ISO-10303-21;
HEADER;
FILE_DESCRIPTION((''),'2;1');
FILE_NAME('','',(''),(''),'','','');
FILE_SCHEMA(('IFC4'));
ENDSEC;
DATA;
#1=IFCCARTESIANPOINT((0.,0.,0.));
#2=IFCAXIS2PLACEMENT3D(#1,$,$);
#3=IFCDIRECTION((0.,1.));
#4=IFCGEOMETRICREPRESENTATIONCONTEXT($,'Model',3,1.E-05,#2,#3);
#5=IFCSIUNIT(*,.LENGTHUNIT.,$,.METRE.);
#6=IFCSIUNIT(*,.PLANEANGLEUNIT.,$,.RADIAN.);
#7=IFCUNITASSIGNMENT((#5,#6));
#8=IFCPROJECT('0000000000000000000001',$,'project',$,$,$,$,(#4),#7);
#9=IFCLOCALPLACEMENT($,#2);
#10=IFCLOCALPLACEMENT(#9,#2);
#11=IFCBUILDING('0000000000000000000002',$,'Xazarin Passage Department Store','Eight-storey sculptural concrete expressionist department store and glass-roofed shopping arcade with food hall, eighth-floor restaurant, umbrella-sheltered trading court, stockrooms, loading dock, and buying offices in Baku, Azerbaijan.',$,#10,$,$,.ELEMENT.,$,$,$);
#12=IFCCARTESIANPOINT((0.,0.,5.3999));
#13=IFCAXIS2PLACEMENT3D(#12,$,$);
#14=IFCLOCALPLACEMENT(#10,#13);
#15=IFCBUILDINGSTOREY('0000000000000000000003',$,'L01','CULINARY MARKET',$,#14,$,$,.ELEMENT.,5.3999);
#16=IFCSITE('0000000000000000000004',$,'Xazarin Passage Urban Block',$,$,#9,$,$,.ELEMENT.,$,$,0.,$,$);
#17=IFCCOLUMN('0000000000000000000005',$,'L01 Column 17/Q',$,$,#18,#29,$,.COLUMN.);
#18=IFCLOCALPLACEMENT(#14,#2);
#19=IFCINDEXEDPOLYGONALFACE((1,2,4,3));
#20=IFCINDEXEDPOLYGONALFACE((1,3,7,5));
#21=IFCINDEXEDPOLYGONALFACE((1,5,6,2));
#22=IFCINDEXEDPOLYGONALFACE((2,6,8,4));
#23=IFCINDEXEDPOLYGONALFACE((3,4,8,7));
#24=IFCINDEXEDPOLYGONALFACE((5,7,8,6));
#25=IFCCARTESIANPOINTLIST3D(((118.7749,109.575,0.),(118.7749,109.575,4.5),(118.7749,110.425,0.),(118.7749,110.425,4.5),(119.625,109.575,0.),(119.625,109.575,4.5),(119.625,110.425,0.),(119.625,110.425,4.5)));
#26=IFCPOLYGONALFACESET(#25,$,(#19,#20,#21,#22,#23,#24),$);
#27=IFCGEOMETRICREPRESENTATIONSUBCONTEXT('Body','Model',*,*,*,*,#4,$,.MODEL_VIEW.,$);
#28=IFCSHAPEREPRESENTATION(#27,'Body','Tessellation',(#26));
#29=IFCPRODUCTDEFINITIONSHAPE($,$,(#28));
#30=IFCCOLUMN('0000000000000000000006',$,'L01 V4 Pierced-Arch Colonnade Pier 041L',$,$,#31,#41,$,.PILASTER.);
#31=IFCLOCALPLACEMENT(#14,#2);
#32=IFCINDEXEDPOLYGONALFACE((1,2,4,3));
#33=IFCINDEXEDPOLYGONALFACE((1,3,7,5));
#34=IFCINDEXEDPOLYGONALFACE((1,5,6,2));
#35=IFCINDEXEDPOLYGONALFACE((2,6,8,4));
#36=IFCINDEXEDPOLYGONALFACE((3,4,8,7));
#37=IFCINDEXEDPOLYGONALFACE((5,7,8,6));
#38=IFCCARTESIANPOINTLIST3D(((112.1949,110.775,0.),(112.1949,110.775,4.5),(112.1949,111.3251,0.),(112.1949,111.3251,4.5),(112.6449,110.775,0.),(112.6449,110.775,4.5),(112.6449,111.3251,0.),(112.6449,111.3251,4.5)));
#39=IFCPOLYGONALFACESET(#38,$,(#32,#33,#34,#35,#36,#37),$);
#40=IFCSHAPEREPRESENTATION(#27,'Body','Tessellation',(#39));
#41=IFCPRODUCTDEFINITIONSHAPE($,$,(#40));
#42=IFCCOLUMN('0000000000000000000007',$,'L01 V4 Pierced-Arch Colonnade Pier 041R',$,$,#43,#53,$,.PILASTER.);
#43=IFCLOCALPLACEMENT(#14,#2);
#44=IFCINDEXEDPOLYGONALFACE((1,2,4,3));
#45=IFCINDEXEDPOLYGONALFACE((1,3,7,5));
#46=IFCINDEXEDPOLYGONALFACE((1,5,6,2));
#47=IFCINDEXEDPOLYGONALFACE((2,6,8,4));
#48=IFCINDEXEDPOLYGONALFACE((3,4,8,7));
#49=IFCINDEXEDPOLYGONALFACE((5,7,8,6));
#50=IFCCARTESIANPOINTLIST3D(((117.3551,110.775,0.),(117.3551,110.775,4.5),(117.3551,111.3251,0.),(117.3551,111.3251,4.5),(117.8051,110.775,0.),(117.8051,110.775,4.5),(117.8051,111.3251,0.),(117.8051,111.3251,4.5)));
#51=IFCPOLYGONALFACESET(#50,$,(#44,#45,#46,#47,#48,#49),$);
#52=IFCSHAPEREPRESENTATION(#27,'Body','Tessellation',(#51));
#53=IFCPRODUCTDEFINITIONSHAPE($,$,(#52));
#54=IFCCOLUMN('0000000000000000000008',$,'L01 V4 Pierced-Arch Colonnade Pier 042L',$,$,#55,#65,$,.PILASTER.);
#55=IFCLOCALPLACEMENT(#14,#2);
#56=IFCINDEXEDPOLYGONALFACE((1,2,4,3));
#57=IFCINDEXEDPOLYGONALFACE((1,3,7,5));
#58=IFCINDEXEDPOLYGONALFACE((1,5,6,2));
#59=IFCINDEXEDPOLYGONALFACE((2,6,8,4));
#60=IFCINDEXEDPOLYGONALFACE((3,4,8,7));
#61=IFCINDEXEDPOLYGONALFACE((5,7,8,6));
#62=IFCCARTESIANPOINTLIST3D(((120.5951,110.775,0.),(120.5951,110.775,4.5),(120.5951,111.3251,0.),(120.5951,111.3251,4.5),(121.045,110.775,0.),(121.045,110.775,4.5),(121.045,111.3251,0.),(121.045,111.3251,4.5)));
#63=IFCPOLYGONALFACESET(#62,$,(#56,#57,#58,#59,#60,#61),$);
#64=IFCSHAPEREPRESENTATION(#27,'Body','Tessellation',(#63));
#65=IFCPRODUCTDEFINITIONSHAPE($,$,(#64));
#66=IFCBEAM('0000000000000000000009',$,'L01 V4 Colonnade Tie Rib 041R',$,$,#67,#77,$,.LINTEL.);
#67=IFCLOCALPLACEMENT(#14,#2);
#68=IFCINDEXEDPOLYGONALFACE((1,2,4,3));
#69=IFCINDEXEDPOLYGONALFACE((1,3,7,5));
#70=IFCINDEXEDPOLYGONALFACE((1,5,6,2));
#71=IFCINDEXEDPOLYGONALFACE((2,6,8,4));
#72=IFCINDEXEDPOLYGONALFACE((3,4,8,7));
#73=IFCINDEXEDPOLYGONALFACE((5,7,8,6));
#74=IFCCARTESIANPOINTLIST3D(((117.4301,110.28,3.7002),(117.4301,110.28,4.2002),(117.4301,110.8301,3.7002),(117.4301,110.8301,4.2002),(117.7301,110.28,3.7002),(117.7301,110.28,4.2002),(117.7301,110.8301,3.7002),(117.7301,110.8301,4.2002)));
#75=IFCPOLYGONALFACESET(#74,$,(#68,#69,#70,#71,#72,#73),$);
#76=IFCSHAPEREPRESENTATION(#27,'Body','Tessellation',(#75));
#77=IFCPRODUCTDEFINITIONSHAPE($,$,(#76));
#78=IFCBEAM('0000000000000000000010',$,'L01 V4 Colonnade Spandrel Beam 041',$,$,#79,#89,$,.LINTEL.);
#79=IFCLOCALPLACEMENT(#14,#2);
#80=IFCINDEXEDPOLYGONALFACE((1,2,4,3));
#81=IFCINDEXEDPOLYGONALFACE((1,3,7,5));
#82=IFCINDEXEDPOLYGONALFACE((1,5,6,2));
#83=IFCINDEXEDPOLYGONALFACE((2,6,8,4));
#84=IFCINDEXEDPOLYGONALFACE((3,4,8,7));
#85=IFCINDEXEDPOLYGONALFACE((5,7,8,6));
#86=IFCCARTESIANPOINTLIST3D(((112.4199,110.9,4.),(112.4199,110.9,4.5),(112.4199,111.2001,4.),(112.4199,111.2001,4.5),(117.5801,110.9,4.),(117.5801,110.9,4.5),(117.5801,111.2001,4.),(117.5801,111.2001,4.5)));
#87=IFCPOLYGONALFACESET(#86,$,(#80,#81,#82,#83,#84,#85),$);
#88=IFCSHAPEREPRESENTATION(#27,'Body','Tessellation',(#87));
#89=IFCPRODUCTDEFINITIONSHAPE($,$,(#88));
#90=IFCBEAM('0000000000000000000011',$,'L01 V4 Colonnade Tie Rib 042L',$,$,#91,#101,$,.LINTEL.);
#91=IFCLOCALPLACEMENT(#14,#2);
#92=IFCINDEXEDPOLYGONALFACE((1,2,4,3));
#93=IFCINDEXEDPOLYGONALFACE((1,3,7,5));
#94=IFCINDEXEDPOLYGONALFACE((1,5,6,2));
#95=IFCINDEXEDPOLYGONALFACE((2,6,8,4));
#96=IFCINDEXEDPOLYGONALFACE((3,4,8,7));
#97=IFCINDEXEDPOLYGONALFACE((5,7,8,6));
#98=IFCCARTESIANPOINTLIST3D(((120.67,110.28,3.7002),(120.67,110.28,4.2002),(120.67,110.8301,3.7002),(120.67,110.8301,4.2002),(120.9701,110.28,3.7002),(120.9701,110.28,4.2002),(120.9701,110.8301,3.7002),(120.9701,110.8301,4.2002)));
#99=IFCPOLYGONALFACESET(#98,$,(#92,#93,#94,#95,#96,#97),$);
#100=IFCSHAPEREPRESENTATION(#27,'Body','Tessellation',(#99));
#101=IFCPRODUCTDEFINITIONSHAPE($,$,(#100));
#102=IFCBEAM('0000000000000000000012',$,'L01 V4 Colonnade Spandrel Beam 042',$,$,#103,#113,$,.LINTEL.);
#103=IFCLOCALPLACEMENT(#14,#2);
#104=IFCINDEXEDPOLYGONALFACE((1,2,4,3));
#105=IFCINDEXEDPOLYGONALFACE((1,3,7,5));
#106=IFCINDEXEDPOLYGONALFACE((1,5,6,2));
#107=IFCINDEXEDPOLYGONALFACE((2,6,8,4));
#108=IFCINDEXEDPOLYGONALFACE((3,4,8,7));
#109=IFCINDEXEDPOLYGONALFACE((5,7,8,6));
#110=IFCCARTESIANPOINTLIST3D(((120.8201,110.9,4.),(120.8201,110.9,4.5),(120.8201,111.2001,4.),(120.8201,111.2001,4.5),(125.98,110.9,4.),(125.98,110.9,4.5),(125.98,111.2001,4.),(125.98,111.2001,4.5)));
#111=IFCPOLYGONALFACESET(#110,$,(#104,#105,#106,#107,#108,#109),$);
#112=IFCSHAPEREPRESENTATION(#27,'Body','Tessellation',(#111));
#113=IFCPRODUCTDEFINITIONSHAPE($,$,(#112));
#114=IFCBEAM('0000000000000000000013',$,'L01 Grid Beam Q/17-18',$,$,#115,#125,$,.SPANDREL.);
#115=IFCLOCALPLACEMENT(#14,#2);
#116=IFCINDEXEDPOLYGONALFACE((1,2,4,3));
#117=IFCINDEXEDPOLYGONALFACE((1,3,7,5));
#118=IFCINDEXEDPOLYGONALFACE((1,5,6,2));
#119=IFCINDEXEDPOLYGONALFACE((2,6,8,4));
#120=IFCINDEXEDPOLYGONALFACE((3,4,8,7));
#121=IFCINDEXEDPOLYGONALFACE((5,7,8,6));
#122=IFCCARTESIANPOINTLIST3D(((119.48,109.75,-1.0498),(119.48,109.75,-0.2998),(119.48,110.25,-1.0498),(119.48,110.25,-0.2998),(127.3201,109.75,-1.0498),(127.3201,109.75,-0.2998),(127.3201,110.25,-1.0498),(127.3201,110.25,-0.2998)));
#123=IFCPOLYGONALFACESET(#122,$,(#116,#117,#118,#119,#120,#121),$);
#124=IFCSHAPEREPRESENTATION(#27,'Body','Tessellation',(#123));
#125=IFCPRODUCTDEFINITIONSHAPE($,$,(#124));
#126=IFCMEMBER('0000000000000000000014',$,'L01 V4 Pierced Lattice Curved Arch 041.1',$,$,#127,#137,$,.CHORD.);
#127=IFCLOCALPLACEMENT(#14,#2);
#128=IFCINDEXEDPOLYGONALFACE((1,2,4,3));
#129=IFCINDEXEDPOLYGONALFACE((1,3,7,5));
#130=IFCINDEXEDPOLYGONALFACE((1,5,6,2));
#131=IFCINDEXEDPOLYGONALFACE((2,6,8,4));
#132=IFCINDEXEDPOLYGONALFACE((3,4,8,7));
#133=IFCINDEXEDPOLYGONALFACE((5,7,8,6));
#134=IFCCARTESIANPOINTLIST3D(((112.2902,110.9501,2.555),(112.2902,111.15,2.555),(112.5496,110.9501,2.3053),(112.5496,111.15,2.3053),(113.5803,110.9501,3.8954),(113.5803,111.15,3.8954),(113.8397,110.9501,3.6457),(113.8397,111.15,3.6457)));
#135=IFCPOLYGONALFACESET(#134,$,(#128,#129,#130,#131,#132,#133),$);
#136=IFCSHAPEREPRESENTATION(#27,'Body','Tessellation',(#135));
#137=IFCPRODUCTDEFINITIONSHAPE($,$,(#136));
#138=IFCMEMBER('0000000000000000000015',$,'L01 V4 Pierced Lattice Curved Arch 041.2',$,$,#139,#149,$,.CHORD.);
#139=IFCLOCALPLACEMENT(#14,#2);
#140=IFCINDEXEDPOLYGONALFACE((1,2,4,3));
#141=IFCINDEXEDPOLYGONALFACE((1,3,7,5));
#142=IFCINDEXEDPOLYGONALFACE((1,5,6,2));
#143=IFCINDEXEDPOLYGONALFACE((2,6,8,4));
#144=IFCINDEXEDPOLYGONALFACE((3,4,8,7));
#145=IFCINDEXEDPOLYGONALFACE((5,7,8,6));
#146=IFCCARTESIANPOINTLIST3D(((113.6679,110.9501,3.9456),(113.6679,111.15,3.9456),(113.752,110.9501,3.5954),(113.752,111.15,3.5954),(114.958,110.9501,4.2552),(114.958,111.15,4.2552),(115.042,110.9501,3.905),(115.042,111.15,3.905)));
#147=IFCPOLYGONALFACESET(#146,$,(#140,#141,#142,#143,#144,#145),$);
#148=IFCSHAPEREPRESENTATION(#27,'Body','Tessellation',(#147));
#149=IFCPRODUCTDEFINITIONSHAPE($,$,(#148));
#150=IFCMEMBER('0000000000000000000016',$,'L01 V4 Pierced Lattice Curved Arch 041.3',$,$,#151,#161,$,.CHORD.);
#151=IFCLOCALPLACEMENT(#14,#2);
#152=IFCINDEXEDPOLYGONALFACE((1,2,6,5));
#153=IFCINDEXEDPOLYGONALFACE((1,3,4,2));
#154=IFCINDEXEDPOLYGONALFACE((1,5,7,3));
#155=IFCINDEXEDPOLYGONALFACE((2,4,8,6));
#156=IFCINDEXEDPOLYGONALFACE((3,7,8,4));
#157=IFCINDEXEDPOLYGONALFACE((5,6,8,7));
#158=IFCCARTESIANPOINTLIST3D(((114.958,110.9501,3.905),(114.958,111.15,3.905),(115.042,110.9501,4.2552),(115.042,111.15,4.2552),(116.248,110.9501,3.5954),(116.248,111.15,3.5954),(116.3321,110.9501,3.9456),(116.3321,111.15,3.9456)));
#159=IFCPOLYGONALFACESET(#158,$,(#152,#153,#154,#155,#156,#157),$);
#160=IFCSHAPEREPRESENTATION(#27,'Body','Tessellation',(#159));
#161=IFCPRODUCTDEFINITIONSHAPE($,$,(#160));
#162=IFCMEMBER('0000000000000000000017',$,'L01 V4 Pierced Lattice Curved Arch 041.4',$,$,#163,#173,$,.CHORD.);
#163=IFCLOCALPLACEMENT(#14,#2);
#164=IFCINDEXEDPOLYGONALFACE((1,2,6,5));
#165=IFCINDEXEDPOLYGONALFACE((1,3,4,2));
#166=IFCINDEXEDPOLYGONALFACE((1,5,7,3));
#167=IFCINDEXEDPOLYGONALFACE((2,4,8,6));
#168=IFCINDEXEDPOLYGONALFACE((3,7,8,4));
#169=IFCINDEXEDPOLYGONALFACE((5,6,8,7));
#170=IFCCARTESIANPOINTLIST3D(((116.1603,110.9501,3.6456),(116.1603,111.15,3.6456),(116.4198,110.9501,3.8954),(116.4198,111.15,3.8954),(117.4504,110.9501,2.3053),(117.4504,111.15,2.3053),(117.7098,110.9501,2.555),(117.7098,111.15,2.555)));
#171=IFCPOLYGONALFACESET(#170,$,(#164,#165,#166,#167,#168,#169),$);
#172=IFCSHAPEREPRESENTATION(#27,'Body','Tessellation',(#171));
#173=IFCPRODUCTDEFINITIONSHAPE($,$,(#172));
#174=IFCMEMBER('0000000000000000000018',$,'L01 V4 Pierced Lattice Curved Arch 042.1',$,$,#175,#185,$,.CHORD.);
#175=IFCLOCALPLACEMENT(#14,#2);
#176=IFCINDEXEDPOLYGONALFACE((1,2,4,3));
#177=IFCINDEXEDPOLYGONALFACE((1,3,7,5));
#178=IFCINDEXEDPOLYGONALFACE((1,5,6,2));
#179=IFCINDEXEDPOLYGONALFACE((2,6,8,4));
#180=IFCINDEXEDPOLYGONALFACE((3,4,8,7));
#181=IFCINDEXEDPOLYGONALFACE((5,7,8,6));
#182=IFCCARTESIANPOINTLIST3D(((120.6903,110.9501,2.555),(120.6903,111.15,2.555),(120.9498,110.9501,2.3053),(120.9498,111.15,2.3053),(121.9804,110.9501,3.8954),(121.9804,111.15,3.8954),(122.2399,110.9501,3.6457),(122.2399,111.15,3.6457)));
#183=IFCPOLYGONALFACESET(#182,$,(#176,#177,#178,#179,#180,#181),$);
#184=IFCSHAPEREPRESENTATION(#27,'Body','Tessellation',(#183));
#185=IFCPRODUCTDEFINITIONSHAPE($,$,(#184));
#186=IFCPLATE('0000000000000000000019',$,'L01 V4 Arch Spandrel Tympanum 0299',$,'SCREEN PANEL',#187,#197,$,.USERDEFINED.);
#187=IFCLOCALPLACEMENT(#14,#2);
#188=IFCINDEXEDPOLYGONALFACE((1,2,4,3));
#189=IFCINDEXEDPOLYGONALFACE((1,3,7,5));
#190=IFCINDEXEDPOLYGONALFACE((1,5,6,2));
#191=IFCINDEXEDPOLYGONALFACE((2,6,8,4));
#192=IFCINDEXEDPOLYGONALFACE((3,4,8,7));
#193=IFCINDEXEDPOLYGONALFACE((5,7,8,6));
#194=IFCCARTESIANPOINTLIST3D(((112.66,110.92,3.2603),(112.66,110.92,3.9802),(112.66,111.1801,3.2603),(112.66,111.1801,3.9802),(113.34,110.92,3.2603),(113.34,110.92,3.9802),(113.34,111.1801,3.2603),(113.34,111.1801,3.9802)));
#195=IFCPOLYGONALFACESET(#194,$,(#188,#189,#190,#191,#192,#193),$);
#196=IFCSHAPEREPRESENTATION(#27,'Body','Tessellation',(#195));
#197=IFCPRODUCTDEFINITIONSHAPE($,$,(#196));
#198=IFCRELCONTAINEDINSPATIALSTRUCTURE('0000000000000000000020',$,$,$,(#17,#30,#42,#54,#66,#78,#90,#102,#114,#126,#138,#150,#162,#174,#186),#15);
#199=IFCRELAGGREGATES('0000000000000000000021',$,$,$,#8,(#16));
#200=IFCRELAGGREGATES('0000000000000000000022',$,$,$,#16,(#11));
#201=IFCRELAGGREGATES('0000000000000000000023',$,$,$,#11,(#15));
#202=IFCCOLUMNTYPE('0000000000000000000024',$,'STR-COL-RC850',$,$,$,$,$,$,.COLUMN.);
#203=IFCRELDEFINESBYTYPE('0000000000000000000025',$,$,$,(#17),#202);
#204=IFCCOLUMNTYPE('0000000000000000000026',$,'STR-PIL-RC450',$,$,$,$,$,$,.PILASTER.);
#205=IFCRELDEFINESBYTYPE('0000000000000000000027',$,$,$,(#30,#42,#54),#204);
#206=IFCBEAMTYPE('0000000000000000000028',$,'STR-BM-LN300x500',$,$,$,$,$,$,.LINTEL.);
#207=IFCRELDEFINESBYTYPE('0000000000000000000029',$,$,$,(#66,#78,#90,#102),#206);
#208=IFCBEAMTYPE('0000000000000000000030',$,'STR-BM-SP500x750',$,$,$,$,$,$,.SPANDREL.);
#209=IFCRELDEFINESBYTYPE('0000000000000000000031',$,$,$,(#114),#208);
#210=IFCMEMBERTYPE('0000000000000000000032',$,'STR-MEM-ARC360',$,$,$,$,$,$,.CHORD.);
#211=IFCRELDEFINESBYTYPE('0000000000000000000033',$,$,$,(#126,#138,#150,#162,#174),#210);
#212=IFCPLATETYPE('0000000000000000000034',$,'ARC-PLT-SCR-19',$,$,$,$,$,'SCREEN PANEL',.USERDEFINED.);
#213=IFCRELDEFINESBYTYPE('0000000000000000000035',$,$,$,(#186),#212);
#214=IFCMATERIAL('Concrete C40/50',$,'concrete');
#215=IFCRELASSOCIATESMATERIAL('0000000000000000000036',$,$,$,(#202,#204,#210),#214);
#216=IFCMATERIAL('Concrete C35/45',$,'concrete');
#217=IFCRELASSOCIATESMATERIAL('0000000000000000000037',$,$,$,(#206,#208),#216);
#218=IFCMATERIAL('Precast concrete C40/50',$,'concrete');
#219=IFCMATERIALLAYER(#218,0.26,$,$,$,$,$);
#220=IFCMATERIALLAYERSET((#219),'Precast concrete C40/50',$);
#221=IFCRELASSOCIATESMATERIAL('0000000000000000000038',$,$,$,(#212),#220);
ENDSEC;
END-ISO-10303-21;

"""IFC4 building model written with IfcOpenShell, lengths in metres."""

from ifc_helpers import new_model, si_unit, direction, frame, origin, origin_2d, place, context, subcontext, project, spatial, rectangle, extrude, material, layer, layer_set, material_profile, profile_set, type_object, element, save


model = new_model("IFC4")

# Units and contexts
model_context = context("Model", 3, precision=1e-05, world=origin(), true_north=direction((0.0, 1.0)))
body_context = subcontext(model_context, "Body", "Model", "MODEL_VIEW")
ifc_project = project(units=[si_unit("LENGTHUNIT", "METRE"), si_unit("PLANEANGLEUNIT", "RADIAN")], contexts=[model_context])

# Site, building, storey
site_placement = place(None, origin())
site = spatial("IfcSite", under=ifc_project, at=site_placement, Name="Xazarin Passage Urban Block", CompositionType="ELEMENT", RefElevation=0.0)
building_placement = place(site_placement, origin())
building = spatial("IfcBuilding", under=site, at=building_placement, Name="Xazarin Passage Department Store", Description="Eight-storey sculptural concrete expressionist department store and glass-roofed shopping arcade with food hall, eighth-floor restaurant, umbrella-sheltered trading court, stockrooms, loading dock, and buying offices in Baku, Azerbaijan.", CompositionType="ELEMENT")
storey_placement = place(building_placement, frame((0.0, 0.0, 5.3999)))
storey = spatial("IfcBuildingStorey", under=building, at=storey_placement, Name="L01", Description="CULINARY MARKET", CompositionType="ELEMENT", Elevation=5.3999)

# Columns
ifc_material_1 = material(Name="Concrete C40/50", Category="concrete")
ifc_material_profile_1 = material_profile(ifc_material_1, rectangle(XDim=0.8501, YDim=0.8501, at=origin_2d()), Name="RC 850x850")
ifc_profile_set_1 = profile_set([ifc_material_profile_1], Name="Concrete C40/50")
column_type_1 = type_object("IfcColumnType", Name="STR-COL-RC850", PredefinedType="COLUMN", material=ifc_profile_set_1)
column_placement = place(storey_placement, frame((119.2, 110.0, 0.0), z_axis=(0.0, 0.0, 1.0), x_axis=(1.0, 0.0, 0.0)))
element("IfcColumn", 1, at=column_placement, inside=storey, type_object=column_type_1, Name="L01 Column 17/Q", PredefinedType="COLUMN", context=body_context, shape_type="SweptSolid", body=[
    extrude(rectangle(XDim=0.8501, YDim=0.8501, at=origin_2d()), origin(), (0.0, 0.0, 1.0), 4.5),
])
ifc_material_profile_2 = material_profile(ifc_material_1, rectangle(XDim=0.45, YDim=0.55, at=origin_2d()), Name="RC 450x550")
ifc_profile_set_2 = profile_set([ifc_material_profile_2], Name="Concrete C40/50")
column_type_2 = type_object("IfcColumnType", Name="STR-PIL-RC450", PredefinedType="PILASTER", material=ifc_profile_set_2)
for number, where, z_axis, x_axis, name in (
    (2, (112.4199, 111.05, 0.0), (0.0, 0.0, 1.0), (1.0, 0.0, 0.0), "L01 V4 Pierced-Arch Colonnade Pier 041L"),
    (3, (117.5801, 111.05, 0.0), (0.0, 0.0, 1.0), (1.0, 0.0, 0.0), "L01 V4 Pierced-Arch Colonnade Pier 041R"),
    (4, (120.8201, 111.05, 0.0), (0.0, 0.0, 1.0), (1.0, 0.0, 0.0), "L01 V4 Pierced-Arch Colonnade Pier 042L"),
):
    element("IfcColumn", number, at=place(storey_placement, frame(where, z_axis=z_axis, x_axis=x_axis)), inside=storey, type_object=column_type_2, Name=name, PredefinedType="PILASTER", context=body_context, shape_type="SweptSolid", body=[
        extrude(rectangle(XDim=0.45, YDim=0.55, at=origin_2d()), origin(), (0.0, 0.0, 1.0), 4.5),
    ])

# Beams
ifc_material_2 = material(Name="Concrete C35/45", Category="concrete")
ifc_material_profile_3 = material_profile(ifc_material_2, rectangle(XDim=0.3, YDim=0.5, at=origin_2d()), Name="RC 300x500")
ifc_profile_set_3 = profile_set([ifc_material_profile_3], Name="Concrete C35/45")
beam_type_1 = type_object("IfcBeamType", Name="STR-BM-LN300x500", PredefinedType="LINTEL", material=ifc_profile_set_3)
beam_1_placement = place(storey_placement, frame((117.5801, 110.28, 3.9502), z_axis=(0.0, 1.0, 0.0), x_axis=(-1.0, 0.0, 0.0)))
element("IfcBeam", 5, at=beam_1_placement, inside=storey, type_object=beam_type_1, Name="L01 V4 Colonnade Tie Rib 041R", PredefinedType="LINTEL", context=body_context, shape_type="SweptSolid", body=[
    extrude(rectangle(XDim=0.3, YDim=0.5, at=origin_2d()), origin(), (0.0, 0.0, 1.0), 0.55),
])
beam_2_placement = place(storey_placement, frame((112.4199, 111.05, 4.25), z_axis=(1.0, 0.0, 0.0), x_axis=(0.0, 1.0, 0.0)))
element("IfcBeam", 6, at=beam_2_placement, inside=storey, type_object=beam_type_1, Name="L01 V4 Colonnade Spandrel Beam 041", PredefinedType="LINTEL", context=body_context, shape_type="SweptSolid", body=[
    extrude(rectangle(XDim=0.3, YDim=0.5, at=origin_2d()), origin(), (0.0, 0.0, 1.0), 5.1602),
])
beam_3_placement = place(storey_placement, frame((120.8201, 110.28, 3.9502), z_axis=(0.0, 1.0, 0.0), x_axis=(-1.0, 0.0, 0.0)))
element("IfcBeam", 7, at=beam_3_placement, inside=storey, type_object=beam_type_1, Name="L01 V4 Colonnade Tie Rib 042L", PredefinedType="LINTEL", context=body_context, shape_type="SweptSolid", body=[
    extrude(rectangle(XDim=0.3, YDim=0.5, at=origin_2d()), origin(), (0.0, 0.0, 1.0), 0.55),
])
beam_4_placement = place(storey_placement, frame((120.8201, 111.05, 4.25), z_axis=(1.0, 0.0, 0.0), x_axis=(0.0, 1.0, 0.0)))
element("IfcBeam", 8, at=beam_4_placement, inside=storey, type_object=beam_type_1, Name="L01 V4 Colonnade Spandrel Beam 042", PredefinedType="LINTEL", context=body_context, shape_type="SweptSolid", body=[
    extrude(rectangle(XDim=0.3, YDim=0.5, at=origin_2d()), origin(), (0.0, 0.0, 1.0), 5.1599),
])
ifc_material_profile_4 = material_profile(ifc_material_2, rectangle(XDim=0.5, YDim=0.75, at=origin_2d()), Name="RC 500x750")
ifc_profile_set_4 = profile_set([ifc_material_profile_4], Name="Concrete C35/45")
beam_type_2 = type_object("IfcBeamType", Name="STR-BM-SP500x750", PredefinedType="SPANDREL", material=ifc_profile_set_4)
beam_5_placement = place(storey_placement, frame((119.48, 110.0, -0.6748), z_axis=(1.0, 0.0, 0.0), x_axis=(0.0, 1.0, 0.0)))
element("IfcBeam", 9, at=beam_5_placement, inside=storey, type_object=beam_type_2, Name="L01 Grid Beam Q/17-18", PredefinedType="SPANDREL", context=body_context, shape_type="SweptSolid", body=[
    extrude(rectangle(XDim=0.5, YDim=0.75, at=origin_2d()), origin(), (0.0, 0.0, 1.0), 7.8401),
])

# Members
ifc_material_profile_5 = material_profile(ifc_material_1, rectangle(XDim=0.2, YDim=0.3601, at=origin_2d()), Name="RC 200x360")
ifc_profile_set_5 = profile_set([ifc_material_profile_5], Name="Concrete C40/50")
member_type = type_object("IfcMemberType", Name="STR-MEM-ARC360", PredefinedType="CHORD", material=ifc_profile_set_5)
member_placement = place(storey_placement, frame((112.4199, 111.05, 2.4302), z_axis=(0.69346, 0.0, 0.720495), x_axis=(0.0, 1.0, 0.0)))
element("IfcMember", 10, at=member_placement, inside=storey, type_object=member_type, Name="L01 V4 Pierced Lattice Curved Arch 041.1", PredefinedType="CHORD", context=body_context, shape_type="SweptSolid", body=[
    extrude(rectangle(XDim=0.2, YDim=0.3601, at=origin_2d()), origin(), (0.0, 0.0, 1.0), 1.8604),
])
for number, where, z_axis, x_axis, name in (
    (11, (113.71, 111.05, 3.7705), (0.972394, 0.0, 0.233345), (0.0, 1.0, 0.0), "L01 V4 Pierced Lattice Curved Arch 041.2"),
    (12, (115.0, 111.05, 4.0801), (0.972394, 0.0, -0.233345), (0.0, 1.0, 0.0), "L01 V4 Pierced Lattice Curved Arch 041.3"),
):
    element("IfcMember", number, at=place(storey_placement, frame(where, z_axis=z_axis, x_axis=x_axis)), inside=storey, type_object=member_type, Name=name, PredefinedType="CHORD", context=body_context, shape_type="SweptSolid", body=[
        extrude(rectangle(XDim=0.2, YDim=0.3601, at=origin_2d()), origin(), (0.0, 0.0, 1.0), 1.3267),
    ])
for number, where, z_axis, x_axis, name in (
    (13, (116.29, 111.05, 3.7705), (0.69346, 0.0, -0.720495), (0.0, 1.0, 0.0), "L01 V4 Pierced Lattice Curved Arch 041.4"),
    (14, (120.8201, 111.05, 2.4302), (0.69346, 0.0, 0.720495), (0.0, 1.0, 0.0), "L01 V4 Pierced Lattice Curved Arch 042.1"),
):
    element("IfcMember", number, at=place(storey_placement, frame(where, z_axis=z_axis, x_axis=x_axis)), inside=storey, type_object=member_type, Name=name, PredefinedType="CHORD", context=body_context, shape_type="SweptSolid", body=[
        extrude(rectangle(XDim=0.2, YDim=0.3601, at=origin_2d()), origin(), (0.0, 0.0, 1.0), 1.8604),
    ])

# Plate
ifc_material_3 = material(Name="Precast concrete C40/50", Category="concrete")
ifc_layer_1 = layer(ifc_material_3, 0.26)
ifc_layer_set_1 = layer_set([ifc_layer_1], Name="Precast concrete C40/50")
plate_type = type_object("IfcPlateType", Name="ARC-PLT-SCR-19", ElementType="SCREEN PANEL", PredefinedType="USERDEFINED", material=ifc_layer_set_1)
for number, where, z_axis, x_axis, name in (
    (15, (113.0, 111.05, 3.2603), (0.0, 0.0, 1.0), (1.0, 0.0, 0.0), "L01 V4 Arch Spandrel Tympanum 0299"),
):
    element("IfcPlate", number, at=place(storey_placement, frame(where, z_axis=z_axis, x_axis=x_axis)), inside=storey, type_object=plate_type, Name=name, ObjectType="SCREEN PANEL", PredefinedType="USERDEFINED", context=body_context, shape_type="SweptSolid", body=[
        extrude(rectangle(XDim=0.6799, YDim=0.26, at=origin_2d()), origin(), (0.0, 0.0, 1.0), 0.72),
    ])

save(model, "model.ifc")
